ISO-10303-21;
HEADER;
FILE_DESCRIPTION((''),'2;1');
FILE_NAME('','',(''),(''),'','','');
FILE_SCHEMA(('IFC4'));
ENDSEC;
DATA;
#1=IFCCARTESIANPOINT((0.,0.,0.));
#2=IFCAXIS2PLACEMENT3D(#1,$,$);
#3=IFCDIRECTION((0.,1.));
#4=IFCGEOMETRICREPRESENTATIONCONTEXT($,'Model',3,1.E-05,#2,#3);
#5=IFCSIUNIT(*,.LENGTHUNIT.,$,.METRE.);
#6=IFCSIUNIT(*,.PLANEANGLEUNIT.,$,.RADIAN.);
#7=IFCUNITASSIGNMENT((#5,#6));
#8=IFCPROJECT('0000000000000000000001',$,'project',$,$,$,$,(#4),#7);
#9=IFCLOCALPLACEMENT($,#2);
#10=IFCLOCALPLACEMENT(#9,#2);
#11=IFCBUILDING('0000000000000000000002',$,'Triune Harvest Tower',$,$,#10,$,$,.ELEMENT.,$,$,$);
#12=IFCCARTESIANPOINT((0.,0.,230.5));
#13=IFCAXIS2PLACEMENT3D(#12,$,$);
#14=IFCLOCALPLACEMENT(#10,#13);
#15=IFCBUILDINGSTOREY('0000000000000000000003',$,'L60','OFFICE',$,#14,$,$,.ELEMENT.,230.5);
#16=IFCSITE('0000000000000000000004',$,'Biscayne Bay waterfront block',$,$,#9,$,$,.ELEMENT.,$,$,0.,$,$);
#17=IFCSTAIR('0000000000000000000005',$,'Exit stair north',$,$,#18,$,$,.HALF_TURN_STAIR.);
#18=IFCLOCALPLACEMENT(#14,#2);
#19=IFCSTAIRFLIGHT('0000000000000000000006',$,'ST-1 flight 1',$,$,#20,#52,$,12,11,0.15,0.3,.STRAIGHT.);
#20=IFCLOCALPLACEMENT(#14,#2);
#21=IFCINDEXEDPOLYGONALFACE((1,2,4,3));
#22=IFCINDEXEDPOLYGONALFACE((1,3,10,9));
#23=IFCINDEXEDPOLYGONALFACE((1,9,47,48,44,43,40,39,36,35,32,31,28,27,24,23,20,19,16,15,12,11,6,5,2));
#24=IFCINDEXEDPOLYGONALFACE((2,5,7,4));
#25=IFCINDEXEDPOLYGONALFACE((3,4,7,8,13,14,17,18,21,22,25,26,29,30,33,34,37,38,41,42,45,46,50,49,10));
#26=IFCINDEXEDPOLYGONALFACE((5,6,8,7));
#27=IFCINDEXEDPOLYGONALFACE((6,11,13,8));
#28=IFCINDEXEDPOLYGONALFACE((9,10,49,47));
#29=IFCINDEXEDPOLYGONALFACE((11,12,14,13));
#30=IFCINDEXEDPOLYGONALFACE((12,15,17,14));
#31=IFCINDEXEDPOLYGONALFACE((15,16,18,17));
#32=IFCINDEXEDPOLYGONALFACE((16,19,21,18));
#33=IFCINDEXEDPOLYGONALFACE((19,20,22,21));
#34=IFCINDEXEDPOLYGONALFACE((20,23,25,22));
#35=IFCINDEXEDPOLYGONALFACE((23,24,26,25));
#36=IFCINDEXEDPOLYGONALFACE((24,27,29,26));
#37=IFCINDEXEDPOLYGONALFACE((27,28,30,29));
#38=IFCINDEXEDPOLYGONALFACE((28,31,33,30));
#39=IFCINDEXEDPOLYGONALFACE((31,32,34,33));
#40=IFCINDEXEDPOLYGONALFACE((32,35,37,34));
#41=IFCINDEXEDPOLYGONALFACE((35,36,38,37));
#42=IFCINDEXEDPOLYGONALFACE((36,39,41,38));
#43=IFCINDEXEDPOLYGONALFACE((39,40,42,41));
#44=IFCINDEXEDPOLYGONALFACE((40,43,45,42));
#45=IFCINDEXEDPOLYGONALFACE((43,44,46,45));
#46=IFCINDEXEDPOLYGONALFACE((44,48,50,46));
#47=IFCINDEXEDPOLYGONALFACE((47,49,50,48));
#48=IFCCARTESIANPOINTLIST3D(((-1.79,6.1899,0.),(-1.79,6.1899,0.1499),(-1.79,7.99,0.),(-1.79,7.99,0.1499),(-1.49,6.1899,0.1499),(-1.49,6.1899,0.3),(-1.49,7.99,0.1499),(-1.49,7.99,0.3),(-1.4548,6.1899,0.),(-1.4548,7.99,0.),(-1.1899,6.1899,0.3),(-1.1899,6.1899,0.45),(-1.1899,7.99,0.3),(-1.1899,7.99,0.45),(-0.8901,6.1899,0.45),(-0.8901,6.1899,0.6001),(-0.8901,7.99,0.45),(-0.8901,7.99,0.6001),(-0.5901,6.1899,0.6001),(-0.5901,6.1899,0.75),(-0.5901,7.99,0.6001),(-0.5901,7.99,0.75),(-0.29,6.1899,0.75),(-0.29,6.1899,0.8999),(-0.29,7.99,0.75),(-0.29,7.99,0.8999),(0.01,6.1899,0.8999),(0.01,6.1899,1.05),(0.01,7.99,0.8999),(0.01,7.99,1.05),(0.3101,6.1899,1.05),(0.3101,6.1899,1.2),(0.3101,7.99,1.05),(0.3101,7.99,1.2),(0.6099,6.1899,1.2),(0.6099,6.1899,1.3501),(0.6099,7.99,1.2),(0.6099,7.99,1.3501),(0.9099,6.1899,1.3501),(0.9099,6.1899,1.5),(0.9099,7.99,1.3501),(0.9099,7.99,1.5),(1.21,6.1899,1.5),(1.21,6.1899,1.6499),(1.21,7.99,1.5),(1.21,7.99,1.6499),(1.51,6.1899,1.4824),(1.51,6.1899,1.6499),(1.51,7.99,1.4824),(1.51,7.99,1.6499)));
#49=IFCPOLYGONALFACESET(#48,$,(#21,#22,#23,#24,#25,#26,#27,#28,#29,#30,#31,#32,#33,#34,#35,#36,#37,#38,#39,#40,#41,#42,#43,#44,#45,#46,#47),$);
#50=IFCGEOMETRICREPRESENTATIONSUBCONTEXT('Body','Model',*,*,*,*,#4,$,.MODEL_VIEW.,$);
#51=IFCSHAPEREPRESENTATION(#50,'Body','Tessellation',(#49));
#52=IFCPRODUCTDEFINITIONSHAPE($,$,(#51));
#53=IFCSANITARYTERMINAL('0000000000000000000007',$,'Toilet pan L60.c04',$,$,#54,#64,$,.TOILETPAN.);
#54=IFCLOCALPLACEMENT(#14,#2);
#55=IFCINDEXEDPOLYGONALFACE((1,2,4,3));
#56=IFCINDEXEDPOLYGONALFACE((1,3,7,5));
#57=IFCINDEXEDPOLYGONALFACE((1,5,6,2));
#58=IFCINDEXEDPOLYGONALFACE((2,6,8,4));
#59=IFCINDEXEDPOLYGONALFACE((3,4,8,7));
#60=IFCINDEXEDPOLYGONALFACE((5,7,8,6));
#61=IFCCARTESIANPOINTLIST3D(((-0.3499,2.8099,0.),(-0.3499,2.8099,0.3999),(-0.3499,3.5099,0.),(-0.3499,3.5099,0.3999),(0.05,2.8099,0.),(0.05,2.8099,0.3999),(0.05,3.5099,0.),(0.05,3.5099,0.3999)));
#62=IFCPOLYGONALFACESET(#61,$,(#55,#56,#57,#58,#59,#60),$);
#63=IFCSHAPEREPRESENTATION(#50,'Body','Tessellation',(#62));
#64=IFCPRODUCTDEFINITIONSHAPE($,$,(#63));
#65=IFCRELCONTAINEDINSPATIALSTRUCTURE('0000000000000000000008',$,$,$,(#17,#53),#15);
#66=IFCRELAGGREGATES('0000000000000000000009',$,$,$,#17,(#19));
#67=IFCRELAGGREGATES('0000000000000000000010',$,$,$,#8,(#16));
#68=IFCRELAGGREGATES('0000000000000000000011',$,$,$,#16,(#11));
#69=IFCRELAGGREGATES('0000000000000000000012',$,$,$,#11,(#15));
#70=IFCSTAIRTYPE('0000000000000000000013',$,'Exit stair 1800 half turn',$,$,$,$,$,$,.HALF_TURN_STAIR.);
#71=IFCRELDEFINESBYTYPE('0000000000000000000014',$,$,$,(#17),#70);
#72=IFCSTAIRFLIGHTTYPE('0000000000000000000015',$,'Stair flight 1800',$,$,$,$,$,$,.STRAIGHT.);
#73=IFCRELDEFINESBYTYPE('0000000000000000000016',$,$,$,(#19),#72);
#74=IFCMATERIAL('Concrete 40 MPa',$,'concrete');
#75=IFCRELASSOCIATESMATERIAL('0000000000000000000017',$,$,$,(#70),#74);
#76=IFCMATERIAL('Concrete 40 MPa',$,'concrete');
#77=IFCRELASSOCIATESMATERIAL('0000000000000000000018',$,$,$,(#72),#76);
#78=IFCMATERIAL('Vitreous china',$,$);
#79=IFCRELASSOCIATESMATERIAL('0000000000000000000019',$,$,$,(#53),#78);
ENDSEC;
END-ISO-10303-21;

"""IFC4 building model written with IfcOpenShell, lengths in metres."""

from ifc_helpers import new_model, si_unit, direction, frame, origin, origin_2d, place, context, subcontext, project, spatial, polyline, rectangle, outline, extrude, source, transform, mapped, material, type_object, element, aggregate, save


model = new_model("IFC4")

# Units and contexts
model_context = context("Model", 3, precision=1e-05, world=origin(), true_north=direction((0.0, 1.0)))
body_context = subcontext(model_context, "Body", "Model", "MODEL_VIEW")
ifc_project = project(units=[si_unit("LENGTHUNIT", "METRE"), si_unit("PLANEANGLEUNIT", "RADIAN")], contexts=[model_context])

# Site, building, storey
site_placement = place(None, origin())
site = spatial("IfcSite", under=ifc_project, at=site_placement, Name="Biscayne Bay waterfront block", CompositionType="ELEMENT", RefElevation=0.0)
building_placement = place(site_placement, origin())
building = spatial("IfcBuilding", under=site, at=building_placement, Name="Triune Harvest Tower", CompositionType="ELEMENT")
storey_placement = place(building_placement, frame((0.0, 0.0, 230.5)))
storey = spatial("IfcBuildingStorey", under=building, at=storey_placement, Name="L60", Description="OFFICE", CompositionType="ELEMENT", Elevation=230.5)

# Stair, stair flight
ifc_material_1 = material(Name="Concrete 40 MPa", Category="concrete")
stair_type = type_object("IfcStairType", Name="Exit stair 1800 half turn", PredefinedType="HALF_TURN_STAIR", material=ifc_material_1)
stair_placement = place(storey_placement, origin())
stair = element("IfcStair", 1, at=stair_placement, inside=storey, type_object=stair_type, Name="Exit stair north", PredefinedType="HALF_TURN_STAIR")
ifc_material_2 = material(Name="Concrete 40 MPa", Category="concrete")
stair_flight_type = type_object("IfcStairFlightType", Name="Stair flight 1800", PredefinedType="STRAIGHT", material=ifc_material_2)
shared_shape_1 = source(origin(), body_context, "Body", "SweptSolid", [
    extrude(outline(polyline([(0.0, 0.0), (0.0, 0.1499), (0.3, 0.1499), (0.3, 0.3), (0.6001, 0.3), (0.6001, 0.45), (0.8999, 0.45), (0.8999, 0.6001), (1.2, 0.6001), (1.2, 0.75), (1.5, 0.75), (1.5, 0.8999), (1.8, 0.8999), (1.8, 1.05), (2.1001, 1.05), (2.1001, 1.2), (2.3999, 1.2), (2.3999, 1.3501), (2.7, 1.3501), (2.7, 1.5), (3.0, 1.5), (3.0, 1.6499), (3.3, 1.6499), (3.3, 1.8), (3.3, 1.4824), (0.3352, 0.0), (0.0, 0.0)])), frame((0.0, 0.8999, 0.0), z_axis=(0.0, -1.0, 0.0), x_axis=(1.0, 0.0, 0.0)), (0.0, 0.0, 1.0), 1.8),
])
stair_flight_placement = place(storey_placement, frame((-1.79, 7.0901, 0.0), z_axis=(0.0, 0.0, 1.0), x_axis=(1.0, 0.0, 0.0)))
stair_flight = element("IfcStairFlight", 2, at=stair_flight_placement, type_object=stair_flight_type, Name="ST-1 flight 1", NumberOfRisers=12, NumberOfTreads=11, PredefinedType="STRAIGHT", RiserHeight=0.15, TreadLength=0.3, context=body_context, shape_type="MappedRepresentation", body=[
    mapped(shared_shape_1, transform((0.0, 0.0, 0.0), scale=1.0)),
])
aggregate(stair, [stair_flight])

# Sanitary terminal
ifc_material_3 = material(Name="Vitreous china")
shared_shape_2 = source(origin(), body_context, "Body", "SweptSolid", [
    extrude(rectangle(XDim=0.3999, YDim=0.7, at=origin_2d()), origin(), (0.0, 0.0, 1.0), 0.3999),
])
sanitary_terminal_placement = place(storey_placement, frame((-0.1499, 3.1599, 0.0), z_axis=(0.0, 0.0, 1.0), x_axis=(-1.0, 0.0, 0.0)))
element("IfcSanitaryTerminal", 3, at=sanitary_terminal_placement, inside=storey, material=ifc_material_3, Name="Toilet pan L60.c04", PredefinedType="TOILETPAN", context=body_context, shape_type="MappedRepresentation", body=[
    mapped(shared_shape_2, transform((0.0, 0.0, 0.0), scale=1.0)),
])

save(model, "model.ifc")
